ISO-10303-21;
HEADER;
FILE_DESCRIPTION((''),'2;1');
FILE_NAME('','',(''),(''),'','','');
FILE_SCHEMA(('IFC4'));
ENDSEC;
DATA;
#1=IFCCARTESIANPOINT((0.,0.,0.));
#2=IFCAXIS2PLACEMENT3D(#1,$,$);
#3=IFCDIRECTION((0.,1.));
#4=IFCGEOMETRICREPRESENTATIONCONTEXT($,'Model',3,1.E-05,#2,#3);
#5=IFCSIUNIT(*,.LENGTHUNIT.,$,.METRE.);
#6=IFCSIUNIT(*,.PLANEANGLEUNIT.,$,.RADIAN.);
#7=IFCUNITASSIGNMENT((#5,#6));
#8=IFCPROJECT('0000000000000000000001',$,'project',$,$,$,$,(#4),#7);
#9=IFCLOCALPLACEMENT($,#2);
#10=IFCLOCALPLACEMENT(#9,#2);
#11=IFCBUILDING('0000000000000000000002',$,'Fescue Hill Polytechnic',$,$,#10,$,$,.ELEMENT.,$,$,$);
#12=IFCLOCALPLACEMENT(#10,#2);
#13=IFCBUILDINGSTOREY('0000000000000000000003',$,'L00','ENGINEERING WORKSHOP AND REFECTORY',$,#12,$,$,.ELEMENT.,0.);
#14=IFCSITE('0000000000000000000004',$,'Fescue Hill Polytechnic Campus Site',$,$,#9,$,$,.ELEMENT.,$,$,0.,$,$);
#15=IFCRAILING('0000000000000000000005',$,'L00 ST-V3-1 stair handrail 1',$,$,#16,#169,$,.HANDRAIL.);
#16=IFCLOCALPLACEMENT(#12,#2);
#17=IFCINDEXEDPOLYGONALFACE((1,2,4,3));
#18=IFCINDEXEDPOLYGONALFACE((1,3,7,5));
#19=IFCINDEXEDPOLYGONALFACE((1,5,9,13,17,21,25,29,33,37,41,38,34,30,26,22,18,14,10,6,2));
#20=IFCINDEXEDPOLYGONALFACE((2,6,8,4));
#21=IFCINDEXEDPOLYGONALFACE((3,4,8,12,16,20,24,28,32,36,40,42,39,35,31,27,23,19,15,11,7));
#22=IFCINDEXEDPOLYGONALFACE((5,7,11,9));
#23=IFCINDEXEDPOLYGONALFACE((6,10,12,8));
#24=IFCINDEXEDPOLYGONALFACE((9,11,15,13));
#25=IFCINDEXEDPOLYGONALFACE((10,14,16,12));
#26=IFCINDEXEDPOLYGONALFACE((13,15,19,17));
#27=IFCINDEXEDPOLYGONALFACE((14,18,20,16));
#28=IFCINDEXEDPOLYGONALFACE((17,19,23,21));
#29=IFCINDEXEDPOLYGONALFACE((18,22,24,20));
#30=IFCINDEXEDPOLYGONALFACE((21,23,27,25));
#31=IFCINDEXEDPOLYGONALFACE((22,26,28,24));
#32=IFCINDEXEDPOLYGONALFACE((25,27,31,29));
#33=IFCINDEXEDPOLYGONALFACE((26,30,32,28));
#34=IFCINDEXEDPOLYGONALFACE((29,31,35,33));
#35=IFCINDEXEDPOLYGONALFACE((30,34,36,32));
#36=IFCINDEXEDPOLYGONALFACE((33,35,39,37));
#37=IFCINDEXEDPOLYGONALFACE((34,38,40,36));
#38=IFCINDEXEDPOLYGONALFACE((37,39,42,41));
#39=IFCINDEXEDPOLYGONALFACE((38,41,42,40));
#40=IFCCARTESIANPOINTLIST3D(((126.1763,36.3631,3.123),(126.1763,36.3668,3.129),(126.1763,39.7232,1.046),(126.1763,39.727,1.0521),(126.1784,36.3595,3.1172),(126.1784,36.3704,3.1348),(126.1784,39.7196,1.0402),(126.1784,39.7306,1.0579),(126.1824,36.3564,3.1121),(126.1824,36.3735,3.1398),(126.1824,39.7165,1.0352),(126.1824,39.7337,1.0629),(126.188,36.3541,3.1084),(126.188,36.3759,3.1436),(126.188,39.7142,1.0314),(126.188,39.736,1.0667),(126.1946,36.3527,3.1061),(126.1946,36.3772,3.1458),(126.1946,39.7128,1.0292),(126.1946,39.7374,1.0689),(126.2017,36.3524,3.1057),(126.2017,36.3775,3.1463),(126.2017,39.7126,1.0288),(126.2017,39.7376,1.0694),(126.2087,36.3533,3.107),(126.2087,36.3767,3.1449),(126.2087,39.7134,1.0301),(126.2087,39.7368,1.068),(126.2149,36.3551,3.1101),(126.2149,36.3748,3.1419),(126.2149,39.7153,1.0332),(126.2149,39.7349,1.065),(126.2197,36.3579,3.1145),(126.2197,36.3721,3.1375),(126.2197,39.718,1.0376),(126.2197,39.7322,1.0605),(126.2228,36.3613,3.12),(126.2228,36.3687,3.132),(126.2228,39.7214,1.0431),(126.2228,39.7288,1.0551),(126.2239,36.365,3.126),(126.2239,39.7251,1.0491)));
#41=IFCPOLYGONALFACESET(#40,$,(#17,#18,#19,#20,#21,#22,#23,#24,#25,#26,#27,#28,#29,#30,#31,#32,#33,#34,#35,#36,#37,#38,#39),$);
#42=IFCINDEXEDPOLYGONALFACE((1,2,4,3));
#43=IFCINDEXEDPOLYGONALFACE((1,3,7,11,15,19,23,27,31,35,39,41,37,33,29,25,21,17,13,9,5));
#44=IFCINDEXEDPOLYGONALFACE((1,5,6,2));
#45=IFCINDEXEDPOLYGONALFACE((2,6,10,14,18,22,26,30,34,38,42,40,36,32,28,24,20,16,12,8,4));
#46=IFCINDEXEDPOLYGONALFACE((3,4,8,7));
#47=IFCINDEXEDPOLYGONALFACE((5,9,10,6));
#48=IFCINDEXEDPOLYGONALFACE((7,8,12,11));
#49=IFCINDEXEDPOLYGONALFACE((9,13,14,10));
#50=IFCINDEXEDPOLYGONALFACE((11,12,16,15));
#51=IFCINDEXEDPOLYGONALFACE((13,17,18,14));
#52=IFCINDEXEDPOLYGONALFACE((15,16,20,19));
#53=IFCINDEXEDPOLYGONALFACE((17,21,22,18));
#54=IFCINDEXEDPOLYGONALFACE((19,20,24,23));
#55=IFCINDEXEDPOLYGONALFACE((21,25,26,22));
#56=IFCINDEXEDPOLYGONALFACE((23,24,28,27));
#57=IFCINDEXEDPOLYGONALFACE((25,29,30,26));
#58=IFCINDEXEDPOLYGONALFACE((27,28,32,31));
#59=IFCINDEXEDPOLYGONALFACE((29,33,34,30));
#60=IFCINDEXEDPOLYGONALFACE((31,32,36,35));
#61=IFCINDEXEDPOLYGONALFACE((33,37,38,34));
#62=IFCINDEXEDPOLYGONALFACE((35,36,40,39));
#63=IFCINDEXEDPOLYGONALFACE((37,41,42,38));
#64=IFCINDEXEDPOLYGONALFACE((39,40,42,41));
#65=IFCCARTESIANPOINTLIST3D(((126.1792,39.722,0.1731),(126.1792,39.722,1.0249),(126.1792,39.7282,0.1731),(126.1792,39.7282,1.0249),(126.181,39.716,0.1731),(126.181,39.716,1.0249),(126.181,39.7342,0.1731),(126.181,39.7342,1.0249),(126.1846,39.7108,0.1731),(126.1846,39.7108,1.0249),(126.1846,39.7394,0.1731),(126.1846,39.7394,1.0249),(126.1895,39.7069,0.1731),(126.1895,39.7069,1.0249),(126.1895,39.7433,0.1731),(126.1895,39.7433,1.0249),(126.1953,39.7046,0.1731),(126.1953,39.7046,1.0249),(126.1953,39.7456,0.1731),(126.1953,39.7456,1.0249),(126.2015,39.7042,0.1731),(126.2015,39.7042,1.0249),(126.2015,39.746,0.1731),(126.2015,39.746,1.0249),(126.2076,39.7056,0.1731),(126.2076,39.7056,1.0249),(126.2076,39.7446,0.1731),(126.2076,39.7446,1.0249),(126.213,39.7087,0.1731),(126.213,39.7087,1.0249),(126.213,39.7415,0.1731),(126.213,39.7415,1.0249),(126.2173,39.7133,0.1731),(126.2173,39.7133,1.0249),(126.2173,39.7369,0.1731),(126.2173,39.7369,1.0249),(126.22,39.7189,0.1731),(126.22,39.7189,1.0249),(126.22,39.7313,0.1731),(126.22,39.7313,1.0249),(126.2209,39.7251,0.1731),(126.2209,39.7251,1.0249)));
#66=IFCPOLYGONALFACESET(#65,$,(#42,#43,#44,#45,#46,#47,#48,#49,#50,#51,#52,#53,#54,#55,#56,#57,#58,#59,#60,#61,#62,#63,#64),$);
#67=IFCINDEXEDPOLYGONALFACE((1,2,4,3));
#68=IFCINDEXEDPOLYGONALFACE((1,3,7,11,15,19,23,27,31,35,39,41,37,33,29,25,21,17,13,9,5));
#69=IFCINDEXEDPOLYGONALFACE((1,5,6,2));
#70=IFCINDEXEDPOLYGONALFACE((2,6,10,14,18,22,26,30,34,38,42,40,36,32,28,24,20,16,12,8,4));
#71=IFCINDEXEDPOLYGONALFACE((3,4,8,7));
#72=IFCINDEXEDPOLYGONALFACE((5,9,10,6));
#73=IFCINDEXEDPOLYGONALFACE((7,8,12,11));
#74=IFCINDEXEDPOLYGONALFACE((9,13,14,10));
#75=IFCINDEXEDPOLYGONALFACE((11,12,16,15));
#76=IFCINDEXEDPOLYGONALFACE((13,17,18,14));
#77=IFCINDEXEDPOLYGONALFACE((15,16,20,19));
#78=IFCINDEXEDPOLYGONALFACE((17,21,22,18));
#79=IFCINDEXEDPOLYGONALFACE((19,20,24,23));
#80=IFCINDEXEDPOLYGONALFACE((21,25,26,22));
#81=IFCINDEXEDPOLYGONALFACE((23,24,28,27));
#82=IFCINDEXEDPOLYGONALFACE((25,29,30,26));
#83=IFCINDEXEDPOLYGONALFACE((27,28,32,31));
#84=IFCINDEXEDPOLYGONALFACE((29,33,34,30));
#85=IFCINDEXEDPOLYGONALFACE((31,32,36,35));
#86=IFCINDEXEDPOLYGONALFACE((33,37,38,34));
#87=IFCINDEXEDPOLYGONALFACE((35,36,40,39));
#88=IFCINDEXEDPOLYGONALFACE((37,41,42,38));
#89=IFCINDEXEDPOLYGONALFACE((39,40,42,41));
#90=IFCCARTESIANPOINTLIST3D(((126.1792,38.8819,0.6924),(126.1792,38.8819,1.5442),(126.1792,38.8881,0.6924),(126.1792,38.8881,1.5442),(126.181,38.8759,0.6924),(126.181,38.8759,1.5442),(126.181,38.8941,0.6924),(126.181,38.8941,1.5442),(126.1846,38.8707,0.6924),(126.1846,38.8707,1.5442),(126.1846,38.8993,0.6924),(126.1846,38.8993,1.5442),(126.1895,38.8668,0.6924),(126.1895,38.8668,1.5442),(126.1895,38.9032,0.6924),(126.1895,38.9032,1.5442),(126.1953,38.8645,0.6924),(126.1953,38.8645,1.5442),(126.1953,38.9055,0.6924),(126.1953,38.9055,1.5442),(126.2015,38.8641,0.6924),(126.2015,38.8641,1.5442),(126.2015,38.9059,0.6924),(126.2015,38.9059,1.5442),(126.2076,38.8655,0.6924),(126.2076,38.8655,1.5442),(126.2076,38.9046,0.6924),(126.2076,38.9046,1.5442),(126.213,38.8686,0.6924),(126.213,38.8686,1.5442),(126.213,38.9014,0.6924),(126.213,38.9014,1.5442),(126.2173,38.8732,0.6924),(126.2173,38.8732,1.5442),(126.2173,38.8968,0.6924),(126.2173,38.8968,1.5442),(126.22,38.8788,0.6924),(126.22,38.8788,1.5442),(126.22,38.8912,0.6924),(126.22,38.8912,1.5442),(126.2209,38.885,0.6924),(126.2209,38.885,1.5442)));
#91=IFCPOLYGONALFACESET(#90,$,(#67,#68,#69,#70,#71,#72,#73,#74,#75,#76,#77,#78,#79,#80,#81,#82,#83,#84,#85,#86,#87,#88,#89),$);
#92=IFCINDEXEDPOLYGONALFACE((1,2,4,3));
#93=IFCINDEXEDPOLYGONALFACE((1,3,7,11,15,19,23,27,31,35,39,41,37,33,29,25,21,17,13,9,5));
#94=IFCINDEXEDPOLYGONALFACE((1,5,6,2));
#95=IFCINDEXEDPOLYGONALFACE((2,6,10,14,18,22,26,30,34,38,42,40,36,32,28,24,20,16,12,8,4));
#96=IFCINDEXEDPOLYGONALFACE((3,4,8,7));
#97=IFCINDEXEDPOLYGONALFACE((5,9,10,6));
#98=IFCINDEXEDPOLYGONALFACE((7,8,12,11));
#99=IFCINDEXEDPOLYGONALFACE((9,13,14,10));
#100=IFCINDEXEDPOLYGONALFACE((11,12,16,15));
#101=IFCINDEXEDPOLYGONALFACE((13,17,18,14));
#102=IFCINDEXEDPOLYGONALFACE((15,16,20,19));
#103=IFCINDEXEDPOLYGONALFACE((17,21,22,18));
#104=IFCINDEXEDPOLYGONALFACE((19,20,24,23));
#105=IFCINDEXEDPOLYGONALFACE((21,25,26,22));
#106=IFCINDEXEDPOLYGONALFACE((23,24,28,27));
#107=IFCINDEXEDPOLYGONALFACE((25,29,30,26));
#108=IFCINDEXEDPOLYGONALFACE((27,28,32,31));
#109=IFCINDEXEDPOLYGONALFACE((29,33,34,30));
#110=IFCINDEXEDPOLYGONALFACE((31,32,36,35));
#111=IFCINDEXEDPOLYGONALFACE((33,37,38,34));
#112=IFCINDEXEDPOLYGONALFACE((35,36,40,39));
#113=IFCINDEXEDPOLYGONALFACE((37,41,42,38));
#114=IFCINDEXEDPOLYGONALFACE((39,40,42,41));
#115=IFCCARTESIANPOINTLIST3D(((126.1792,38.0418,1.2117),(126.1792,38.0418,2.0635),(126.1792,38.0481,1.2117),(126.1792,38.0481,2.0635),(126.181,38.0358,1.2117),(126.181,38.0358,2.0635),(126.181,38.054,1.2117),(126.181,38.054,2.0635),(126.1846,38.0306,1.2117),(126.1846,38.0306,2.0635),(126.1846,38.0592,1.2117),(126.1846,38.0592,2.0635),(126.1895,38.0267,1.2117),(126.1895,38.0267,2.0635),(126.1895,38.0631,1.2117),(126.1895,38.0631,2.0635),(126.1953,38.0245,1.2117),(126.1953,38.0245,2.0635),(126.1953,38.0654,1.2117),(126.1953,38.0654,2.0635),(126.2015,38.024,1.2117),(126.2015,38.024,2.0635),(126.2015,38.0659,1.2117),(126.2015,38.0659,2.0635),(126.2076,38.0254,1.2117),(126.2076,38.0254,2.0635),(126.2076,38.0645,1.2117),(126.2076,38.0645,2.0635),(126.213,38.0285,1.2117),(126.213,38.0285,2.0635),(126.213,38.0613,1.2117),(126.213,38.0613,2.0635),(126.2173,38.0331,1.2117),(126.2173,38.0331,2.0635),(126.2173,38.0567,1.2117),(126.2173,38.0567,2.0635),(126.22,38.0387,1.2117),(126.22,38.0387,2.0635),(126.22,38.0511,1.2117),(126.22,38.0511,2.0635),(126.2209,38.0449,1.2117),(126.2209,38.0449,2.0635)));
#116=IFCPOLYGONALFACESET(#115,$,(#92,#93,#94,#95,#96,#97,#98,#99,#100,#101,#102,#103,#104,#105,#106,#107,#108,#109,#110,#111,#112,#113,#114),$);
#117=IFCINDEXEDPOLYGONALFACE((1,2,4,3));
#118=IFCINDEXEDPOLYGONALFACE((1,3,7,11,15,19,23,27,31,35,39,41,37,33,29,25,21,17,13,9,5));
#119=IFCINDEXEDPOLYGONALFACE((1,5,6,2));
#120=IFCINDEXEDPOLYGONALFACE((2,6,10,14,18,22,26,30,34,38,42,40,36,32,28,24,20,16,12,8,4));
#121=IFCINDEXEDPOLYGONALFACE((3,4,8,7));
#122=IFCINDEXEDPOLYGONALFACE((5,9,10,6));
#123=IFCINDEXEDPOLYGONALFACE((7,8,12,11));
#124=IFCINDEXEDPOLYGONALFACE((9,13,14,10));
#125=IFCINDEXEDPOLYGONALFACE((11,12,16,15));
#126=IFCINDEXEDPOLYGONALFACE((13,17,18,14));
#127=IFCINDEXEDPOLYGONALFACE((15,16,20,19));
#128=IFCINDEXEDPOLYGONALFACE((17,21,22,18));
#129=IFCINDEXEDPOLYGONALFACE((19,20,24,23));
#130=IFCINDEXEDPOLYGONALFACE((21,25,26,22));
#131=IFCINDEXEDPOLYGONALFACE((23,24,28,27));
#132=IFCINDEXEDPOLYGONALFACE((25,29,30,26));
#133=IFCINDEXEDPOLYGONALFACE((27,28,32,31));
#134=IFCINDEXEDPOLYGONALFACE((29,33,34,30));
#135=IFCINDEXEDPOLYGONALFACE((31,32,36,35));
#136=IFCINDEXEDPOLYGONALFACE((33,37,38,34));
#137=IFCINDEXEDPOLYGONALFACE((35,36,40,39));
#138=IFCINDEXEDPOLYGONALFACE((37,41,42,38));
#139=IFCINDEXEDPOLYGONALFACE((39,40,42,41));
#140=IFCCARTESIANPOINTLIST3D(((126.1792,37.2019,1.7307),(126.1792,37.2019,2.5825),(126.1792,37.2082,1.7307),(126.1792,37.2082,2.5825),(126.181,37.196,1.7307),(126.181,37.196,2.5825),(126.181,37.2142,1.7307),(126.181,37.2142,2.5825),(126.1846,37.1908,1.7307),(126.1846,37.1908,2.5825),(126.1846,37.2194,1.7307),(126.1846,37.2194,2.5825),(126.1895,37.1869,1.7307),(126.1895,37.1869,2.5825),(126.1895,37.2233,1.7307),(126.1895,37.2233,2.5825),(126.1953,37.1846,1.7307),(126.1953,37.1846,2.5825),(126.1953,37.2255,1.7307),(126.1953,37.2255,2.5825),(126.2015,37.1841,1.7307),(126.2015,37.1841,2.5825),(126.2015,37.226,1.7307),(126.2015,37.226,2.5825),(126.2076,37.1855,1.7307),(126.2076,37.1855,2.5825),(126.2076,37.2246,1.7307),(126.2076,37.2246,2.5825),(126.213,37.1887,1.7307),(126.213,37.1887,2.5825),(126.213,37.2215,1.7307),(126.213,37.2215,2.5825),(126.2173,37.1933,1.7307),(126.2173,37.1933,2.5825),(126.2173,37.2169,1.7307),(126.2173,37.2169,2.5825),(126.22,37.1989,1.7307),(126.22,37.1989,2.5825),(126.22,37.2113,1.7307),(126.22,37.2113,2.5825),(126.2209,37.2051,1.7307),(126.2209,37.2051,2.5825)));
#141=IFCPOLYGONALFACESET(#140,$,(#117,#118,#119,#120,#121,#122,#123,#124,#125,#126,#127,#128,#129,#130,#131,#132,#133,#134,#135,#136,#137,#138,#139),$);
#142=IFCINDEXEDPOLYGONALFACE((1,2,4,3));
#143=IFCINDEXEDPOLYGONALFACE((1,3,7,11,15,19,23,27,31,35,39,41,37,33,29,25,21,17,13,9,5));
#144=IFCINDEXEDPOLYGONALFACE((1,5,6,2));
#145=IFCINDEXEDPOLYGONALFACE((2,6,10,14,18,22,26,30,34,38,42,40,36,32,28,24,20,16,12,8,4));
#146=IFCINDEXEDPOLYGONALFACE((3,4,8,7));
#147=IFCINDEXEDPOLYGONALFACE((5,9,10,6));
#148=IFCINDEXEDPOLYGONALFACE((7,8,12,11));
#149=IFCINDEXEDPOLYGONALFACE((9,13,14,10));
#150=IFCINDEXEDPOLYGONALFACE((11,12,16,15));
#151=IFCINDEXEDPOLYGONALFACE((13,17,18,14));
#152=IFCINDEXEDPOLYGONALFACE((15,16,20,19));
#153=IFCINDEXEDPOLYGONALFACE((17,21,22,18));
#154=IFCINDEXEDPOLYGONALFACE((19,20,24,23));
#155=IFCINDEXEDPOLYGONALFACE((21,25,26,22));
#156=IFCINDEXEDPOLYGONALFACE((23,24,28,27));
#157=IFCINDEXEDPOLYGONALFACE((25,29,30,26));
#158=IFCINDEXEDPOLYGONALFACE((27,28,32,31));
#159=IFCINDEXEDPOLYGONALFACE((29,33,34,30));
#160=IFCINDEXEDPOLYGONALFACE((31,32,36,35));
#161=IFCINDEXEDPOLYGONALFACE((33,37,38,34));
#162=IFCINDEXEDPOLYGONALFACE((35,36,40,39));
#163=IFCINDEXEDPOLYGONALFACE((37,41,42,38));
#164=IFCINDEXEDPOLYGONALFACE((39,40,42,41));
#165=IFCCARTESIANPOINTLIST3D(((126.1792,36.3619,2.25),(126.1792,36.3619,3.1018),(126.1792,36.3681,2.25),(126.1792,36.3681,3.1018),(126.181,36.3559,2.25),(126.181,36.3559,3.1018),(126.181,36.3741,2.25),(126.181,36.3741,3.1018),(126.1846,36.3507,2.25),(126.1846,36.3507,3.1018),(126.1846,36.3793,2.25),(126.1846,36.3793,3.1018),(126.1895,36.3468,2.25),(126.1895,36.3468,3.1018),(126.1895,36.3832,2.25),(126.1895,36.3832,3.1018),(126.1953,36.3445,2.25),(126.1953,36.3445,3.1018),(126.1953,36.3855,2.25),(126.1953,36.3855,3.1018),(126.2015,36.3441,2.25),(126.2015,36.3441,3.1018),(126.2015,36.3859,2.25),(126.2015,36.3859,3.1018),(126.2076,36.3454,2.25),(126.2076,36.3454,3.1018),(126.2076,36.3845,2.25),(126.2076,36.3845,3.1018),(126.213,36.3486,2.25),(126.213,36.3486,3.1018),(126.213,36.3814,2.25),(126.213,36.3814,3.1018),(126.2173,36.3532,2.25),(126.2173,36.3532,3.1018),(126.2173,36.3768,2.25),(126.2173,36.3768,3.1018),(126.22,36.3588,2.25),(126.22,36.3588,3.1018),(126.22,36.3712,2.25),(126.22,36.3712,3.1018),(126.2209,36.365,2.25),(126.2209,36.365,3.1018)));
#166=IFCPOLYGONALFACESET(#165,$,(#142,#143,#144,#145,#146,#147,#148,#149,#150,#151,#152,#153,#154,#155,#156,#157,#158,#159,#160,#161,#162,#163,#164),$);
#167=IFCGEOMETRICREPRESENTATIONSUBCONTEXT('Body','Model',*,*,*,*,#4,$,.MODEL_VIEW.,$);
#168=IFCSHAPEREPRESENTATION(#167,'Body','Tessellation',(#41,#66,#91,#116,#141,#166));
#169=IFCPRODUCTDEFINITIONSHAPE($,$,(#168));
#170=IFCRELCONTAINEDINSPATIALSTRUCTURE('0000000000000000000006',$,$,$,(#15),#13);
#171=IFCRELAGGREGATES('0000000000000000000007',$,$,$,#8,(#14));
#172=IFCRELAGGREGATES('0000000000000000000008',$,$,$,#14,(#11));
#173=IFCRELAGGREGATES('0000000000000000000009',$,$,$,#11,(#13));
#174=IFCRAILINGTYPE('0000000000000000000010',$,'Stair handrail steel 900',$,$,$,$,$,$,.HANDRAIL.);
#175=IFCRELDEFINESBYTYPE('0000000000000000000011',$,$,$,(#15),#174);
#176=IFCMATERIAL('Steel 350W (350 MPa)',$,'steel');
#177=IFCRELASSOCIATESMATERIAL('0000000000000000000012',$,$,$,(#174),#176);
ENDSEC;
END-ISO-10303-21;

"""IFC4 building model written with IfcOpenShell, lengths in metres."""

from ifc_helpers import new_model, si_unit, direction, frame, origin, origin_2d, place, context, subcontext, project, spatial, circle, extrude, material, type_object, element, save


model = new_model("IFC4")

# Units and contexts
model_context = context("Model", 3, precision=1e-05, world=origin(), true_north=direction((0.0, 1.0)))
body_context = subcontext(model_context, "Body", "Model", "MODEL_VIEW")
ifc_project = project(units=[si_unit("LENGTHUNIT", "METRE"), si_unit("PLANEANGLEUNIT", "RADIAN")], contexts=[model_context])

# Site, building, storey
site_placement = place(None, origin())
site = spatial("IfcSite", under=ifc_project, at=site_placement, Name="Fescue Hill Polytechnic Campus Site", CompositionType="ELEMENT", RefElevation=0.0)
building_placement = place(site_placement, origin())
building = spatial("IfcBuilding", under=site, at=building_placement, Name="Fescue Hill Polytechnic", CompositionType="ELEMENT")
storey_placement = place(building_placement, origin())
storey = spatial("IfcBuildingStorey", under=building, at=storey_placement, Name="L00", Description="ENGINEERING WORKSHOP AND REFECTORY", CompositionType="ELEMENT", Elevation=0.0)

# Railing
ifc_material_1 = material(Name="Steel 350W (350 MPa)", Category="steel")
railing_type_1 = type_object("IfcRailingType", Name="Stair handrail steel 900", PredefinedType="HANDRAIL", material=ifc_material_1)
railing_1_placement = place(storey_placement, frame((126.2, 39.7251, 0.1731)))
element("IfcRailing", 1, at=railing_1_placement, inside=storey, type_object=railing_type_1, Name="L00 ST-V3-1 stair handrail 1", PredefinedType="HANDRAIL", context=body_context, shape_type="SweptSolid", body=[
    extrude(circle(Radius=0.0239, at=origin_2d()), frame((0.0, 0.0, 0.876), z_axis=(0.0, -0.850623, 0.525776), x_axis=(1.0, 0.0, 0.0)), (0.0, 0.0, 1.0), 3.9502),
    extrude(circle(Radius=0.021, at=origin_2d()), origin(), (0.0, 0.0, 1.0), 0.8518),
    extrude(circle(Radius=0.021, at=origin_2d()), frame((0.0, -0.8401, 0.5193)), (0.0, 0.0, 1.0), 0.8518),
    extrude(circle(Radius=0.021, at=origin_2d()), frame((0.0, -1.6802, 1.0386)), (0.0, 0.0, 1.0), 0.8518),
    extrude(circle(Radius=0.021, at=origin_2d()), frame((0.0, -2.52, 1.5576)), (0.0, 0.0, 1.0), 0.8518),
    extrude(circle(Radius=0.021, at=origin_2d()), frame((0.0, -3.3601, 2.0769)), (0.0, 0.0, 1.0), 0.8518),
])

save(model, "model.ifc")
